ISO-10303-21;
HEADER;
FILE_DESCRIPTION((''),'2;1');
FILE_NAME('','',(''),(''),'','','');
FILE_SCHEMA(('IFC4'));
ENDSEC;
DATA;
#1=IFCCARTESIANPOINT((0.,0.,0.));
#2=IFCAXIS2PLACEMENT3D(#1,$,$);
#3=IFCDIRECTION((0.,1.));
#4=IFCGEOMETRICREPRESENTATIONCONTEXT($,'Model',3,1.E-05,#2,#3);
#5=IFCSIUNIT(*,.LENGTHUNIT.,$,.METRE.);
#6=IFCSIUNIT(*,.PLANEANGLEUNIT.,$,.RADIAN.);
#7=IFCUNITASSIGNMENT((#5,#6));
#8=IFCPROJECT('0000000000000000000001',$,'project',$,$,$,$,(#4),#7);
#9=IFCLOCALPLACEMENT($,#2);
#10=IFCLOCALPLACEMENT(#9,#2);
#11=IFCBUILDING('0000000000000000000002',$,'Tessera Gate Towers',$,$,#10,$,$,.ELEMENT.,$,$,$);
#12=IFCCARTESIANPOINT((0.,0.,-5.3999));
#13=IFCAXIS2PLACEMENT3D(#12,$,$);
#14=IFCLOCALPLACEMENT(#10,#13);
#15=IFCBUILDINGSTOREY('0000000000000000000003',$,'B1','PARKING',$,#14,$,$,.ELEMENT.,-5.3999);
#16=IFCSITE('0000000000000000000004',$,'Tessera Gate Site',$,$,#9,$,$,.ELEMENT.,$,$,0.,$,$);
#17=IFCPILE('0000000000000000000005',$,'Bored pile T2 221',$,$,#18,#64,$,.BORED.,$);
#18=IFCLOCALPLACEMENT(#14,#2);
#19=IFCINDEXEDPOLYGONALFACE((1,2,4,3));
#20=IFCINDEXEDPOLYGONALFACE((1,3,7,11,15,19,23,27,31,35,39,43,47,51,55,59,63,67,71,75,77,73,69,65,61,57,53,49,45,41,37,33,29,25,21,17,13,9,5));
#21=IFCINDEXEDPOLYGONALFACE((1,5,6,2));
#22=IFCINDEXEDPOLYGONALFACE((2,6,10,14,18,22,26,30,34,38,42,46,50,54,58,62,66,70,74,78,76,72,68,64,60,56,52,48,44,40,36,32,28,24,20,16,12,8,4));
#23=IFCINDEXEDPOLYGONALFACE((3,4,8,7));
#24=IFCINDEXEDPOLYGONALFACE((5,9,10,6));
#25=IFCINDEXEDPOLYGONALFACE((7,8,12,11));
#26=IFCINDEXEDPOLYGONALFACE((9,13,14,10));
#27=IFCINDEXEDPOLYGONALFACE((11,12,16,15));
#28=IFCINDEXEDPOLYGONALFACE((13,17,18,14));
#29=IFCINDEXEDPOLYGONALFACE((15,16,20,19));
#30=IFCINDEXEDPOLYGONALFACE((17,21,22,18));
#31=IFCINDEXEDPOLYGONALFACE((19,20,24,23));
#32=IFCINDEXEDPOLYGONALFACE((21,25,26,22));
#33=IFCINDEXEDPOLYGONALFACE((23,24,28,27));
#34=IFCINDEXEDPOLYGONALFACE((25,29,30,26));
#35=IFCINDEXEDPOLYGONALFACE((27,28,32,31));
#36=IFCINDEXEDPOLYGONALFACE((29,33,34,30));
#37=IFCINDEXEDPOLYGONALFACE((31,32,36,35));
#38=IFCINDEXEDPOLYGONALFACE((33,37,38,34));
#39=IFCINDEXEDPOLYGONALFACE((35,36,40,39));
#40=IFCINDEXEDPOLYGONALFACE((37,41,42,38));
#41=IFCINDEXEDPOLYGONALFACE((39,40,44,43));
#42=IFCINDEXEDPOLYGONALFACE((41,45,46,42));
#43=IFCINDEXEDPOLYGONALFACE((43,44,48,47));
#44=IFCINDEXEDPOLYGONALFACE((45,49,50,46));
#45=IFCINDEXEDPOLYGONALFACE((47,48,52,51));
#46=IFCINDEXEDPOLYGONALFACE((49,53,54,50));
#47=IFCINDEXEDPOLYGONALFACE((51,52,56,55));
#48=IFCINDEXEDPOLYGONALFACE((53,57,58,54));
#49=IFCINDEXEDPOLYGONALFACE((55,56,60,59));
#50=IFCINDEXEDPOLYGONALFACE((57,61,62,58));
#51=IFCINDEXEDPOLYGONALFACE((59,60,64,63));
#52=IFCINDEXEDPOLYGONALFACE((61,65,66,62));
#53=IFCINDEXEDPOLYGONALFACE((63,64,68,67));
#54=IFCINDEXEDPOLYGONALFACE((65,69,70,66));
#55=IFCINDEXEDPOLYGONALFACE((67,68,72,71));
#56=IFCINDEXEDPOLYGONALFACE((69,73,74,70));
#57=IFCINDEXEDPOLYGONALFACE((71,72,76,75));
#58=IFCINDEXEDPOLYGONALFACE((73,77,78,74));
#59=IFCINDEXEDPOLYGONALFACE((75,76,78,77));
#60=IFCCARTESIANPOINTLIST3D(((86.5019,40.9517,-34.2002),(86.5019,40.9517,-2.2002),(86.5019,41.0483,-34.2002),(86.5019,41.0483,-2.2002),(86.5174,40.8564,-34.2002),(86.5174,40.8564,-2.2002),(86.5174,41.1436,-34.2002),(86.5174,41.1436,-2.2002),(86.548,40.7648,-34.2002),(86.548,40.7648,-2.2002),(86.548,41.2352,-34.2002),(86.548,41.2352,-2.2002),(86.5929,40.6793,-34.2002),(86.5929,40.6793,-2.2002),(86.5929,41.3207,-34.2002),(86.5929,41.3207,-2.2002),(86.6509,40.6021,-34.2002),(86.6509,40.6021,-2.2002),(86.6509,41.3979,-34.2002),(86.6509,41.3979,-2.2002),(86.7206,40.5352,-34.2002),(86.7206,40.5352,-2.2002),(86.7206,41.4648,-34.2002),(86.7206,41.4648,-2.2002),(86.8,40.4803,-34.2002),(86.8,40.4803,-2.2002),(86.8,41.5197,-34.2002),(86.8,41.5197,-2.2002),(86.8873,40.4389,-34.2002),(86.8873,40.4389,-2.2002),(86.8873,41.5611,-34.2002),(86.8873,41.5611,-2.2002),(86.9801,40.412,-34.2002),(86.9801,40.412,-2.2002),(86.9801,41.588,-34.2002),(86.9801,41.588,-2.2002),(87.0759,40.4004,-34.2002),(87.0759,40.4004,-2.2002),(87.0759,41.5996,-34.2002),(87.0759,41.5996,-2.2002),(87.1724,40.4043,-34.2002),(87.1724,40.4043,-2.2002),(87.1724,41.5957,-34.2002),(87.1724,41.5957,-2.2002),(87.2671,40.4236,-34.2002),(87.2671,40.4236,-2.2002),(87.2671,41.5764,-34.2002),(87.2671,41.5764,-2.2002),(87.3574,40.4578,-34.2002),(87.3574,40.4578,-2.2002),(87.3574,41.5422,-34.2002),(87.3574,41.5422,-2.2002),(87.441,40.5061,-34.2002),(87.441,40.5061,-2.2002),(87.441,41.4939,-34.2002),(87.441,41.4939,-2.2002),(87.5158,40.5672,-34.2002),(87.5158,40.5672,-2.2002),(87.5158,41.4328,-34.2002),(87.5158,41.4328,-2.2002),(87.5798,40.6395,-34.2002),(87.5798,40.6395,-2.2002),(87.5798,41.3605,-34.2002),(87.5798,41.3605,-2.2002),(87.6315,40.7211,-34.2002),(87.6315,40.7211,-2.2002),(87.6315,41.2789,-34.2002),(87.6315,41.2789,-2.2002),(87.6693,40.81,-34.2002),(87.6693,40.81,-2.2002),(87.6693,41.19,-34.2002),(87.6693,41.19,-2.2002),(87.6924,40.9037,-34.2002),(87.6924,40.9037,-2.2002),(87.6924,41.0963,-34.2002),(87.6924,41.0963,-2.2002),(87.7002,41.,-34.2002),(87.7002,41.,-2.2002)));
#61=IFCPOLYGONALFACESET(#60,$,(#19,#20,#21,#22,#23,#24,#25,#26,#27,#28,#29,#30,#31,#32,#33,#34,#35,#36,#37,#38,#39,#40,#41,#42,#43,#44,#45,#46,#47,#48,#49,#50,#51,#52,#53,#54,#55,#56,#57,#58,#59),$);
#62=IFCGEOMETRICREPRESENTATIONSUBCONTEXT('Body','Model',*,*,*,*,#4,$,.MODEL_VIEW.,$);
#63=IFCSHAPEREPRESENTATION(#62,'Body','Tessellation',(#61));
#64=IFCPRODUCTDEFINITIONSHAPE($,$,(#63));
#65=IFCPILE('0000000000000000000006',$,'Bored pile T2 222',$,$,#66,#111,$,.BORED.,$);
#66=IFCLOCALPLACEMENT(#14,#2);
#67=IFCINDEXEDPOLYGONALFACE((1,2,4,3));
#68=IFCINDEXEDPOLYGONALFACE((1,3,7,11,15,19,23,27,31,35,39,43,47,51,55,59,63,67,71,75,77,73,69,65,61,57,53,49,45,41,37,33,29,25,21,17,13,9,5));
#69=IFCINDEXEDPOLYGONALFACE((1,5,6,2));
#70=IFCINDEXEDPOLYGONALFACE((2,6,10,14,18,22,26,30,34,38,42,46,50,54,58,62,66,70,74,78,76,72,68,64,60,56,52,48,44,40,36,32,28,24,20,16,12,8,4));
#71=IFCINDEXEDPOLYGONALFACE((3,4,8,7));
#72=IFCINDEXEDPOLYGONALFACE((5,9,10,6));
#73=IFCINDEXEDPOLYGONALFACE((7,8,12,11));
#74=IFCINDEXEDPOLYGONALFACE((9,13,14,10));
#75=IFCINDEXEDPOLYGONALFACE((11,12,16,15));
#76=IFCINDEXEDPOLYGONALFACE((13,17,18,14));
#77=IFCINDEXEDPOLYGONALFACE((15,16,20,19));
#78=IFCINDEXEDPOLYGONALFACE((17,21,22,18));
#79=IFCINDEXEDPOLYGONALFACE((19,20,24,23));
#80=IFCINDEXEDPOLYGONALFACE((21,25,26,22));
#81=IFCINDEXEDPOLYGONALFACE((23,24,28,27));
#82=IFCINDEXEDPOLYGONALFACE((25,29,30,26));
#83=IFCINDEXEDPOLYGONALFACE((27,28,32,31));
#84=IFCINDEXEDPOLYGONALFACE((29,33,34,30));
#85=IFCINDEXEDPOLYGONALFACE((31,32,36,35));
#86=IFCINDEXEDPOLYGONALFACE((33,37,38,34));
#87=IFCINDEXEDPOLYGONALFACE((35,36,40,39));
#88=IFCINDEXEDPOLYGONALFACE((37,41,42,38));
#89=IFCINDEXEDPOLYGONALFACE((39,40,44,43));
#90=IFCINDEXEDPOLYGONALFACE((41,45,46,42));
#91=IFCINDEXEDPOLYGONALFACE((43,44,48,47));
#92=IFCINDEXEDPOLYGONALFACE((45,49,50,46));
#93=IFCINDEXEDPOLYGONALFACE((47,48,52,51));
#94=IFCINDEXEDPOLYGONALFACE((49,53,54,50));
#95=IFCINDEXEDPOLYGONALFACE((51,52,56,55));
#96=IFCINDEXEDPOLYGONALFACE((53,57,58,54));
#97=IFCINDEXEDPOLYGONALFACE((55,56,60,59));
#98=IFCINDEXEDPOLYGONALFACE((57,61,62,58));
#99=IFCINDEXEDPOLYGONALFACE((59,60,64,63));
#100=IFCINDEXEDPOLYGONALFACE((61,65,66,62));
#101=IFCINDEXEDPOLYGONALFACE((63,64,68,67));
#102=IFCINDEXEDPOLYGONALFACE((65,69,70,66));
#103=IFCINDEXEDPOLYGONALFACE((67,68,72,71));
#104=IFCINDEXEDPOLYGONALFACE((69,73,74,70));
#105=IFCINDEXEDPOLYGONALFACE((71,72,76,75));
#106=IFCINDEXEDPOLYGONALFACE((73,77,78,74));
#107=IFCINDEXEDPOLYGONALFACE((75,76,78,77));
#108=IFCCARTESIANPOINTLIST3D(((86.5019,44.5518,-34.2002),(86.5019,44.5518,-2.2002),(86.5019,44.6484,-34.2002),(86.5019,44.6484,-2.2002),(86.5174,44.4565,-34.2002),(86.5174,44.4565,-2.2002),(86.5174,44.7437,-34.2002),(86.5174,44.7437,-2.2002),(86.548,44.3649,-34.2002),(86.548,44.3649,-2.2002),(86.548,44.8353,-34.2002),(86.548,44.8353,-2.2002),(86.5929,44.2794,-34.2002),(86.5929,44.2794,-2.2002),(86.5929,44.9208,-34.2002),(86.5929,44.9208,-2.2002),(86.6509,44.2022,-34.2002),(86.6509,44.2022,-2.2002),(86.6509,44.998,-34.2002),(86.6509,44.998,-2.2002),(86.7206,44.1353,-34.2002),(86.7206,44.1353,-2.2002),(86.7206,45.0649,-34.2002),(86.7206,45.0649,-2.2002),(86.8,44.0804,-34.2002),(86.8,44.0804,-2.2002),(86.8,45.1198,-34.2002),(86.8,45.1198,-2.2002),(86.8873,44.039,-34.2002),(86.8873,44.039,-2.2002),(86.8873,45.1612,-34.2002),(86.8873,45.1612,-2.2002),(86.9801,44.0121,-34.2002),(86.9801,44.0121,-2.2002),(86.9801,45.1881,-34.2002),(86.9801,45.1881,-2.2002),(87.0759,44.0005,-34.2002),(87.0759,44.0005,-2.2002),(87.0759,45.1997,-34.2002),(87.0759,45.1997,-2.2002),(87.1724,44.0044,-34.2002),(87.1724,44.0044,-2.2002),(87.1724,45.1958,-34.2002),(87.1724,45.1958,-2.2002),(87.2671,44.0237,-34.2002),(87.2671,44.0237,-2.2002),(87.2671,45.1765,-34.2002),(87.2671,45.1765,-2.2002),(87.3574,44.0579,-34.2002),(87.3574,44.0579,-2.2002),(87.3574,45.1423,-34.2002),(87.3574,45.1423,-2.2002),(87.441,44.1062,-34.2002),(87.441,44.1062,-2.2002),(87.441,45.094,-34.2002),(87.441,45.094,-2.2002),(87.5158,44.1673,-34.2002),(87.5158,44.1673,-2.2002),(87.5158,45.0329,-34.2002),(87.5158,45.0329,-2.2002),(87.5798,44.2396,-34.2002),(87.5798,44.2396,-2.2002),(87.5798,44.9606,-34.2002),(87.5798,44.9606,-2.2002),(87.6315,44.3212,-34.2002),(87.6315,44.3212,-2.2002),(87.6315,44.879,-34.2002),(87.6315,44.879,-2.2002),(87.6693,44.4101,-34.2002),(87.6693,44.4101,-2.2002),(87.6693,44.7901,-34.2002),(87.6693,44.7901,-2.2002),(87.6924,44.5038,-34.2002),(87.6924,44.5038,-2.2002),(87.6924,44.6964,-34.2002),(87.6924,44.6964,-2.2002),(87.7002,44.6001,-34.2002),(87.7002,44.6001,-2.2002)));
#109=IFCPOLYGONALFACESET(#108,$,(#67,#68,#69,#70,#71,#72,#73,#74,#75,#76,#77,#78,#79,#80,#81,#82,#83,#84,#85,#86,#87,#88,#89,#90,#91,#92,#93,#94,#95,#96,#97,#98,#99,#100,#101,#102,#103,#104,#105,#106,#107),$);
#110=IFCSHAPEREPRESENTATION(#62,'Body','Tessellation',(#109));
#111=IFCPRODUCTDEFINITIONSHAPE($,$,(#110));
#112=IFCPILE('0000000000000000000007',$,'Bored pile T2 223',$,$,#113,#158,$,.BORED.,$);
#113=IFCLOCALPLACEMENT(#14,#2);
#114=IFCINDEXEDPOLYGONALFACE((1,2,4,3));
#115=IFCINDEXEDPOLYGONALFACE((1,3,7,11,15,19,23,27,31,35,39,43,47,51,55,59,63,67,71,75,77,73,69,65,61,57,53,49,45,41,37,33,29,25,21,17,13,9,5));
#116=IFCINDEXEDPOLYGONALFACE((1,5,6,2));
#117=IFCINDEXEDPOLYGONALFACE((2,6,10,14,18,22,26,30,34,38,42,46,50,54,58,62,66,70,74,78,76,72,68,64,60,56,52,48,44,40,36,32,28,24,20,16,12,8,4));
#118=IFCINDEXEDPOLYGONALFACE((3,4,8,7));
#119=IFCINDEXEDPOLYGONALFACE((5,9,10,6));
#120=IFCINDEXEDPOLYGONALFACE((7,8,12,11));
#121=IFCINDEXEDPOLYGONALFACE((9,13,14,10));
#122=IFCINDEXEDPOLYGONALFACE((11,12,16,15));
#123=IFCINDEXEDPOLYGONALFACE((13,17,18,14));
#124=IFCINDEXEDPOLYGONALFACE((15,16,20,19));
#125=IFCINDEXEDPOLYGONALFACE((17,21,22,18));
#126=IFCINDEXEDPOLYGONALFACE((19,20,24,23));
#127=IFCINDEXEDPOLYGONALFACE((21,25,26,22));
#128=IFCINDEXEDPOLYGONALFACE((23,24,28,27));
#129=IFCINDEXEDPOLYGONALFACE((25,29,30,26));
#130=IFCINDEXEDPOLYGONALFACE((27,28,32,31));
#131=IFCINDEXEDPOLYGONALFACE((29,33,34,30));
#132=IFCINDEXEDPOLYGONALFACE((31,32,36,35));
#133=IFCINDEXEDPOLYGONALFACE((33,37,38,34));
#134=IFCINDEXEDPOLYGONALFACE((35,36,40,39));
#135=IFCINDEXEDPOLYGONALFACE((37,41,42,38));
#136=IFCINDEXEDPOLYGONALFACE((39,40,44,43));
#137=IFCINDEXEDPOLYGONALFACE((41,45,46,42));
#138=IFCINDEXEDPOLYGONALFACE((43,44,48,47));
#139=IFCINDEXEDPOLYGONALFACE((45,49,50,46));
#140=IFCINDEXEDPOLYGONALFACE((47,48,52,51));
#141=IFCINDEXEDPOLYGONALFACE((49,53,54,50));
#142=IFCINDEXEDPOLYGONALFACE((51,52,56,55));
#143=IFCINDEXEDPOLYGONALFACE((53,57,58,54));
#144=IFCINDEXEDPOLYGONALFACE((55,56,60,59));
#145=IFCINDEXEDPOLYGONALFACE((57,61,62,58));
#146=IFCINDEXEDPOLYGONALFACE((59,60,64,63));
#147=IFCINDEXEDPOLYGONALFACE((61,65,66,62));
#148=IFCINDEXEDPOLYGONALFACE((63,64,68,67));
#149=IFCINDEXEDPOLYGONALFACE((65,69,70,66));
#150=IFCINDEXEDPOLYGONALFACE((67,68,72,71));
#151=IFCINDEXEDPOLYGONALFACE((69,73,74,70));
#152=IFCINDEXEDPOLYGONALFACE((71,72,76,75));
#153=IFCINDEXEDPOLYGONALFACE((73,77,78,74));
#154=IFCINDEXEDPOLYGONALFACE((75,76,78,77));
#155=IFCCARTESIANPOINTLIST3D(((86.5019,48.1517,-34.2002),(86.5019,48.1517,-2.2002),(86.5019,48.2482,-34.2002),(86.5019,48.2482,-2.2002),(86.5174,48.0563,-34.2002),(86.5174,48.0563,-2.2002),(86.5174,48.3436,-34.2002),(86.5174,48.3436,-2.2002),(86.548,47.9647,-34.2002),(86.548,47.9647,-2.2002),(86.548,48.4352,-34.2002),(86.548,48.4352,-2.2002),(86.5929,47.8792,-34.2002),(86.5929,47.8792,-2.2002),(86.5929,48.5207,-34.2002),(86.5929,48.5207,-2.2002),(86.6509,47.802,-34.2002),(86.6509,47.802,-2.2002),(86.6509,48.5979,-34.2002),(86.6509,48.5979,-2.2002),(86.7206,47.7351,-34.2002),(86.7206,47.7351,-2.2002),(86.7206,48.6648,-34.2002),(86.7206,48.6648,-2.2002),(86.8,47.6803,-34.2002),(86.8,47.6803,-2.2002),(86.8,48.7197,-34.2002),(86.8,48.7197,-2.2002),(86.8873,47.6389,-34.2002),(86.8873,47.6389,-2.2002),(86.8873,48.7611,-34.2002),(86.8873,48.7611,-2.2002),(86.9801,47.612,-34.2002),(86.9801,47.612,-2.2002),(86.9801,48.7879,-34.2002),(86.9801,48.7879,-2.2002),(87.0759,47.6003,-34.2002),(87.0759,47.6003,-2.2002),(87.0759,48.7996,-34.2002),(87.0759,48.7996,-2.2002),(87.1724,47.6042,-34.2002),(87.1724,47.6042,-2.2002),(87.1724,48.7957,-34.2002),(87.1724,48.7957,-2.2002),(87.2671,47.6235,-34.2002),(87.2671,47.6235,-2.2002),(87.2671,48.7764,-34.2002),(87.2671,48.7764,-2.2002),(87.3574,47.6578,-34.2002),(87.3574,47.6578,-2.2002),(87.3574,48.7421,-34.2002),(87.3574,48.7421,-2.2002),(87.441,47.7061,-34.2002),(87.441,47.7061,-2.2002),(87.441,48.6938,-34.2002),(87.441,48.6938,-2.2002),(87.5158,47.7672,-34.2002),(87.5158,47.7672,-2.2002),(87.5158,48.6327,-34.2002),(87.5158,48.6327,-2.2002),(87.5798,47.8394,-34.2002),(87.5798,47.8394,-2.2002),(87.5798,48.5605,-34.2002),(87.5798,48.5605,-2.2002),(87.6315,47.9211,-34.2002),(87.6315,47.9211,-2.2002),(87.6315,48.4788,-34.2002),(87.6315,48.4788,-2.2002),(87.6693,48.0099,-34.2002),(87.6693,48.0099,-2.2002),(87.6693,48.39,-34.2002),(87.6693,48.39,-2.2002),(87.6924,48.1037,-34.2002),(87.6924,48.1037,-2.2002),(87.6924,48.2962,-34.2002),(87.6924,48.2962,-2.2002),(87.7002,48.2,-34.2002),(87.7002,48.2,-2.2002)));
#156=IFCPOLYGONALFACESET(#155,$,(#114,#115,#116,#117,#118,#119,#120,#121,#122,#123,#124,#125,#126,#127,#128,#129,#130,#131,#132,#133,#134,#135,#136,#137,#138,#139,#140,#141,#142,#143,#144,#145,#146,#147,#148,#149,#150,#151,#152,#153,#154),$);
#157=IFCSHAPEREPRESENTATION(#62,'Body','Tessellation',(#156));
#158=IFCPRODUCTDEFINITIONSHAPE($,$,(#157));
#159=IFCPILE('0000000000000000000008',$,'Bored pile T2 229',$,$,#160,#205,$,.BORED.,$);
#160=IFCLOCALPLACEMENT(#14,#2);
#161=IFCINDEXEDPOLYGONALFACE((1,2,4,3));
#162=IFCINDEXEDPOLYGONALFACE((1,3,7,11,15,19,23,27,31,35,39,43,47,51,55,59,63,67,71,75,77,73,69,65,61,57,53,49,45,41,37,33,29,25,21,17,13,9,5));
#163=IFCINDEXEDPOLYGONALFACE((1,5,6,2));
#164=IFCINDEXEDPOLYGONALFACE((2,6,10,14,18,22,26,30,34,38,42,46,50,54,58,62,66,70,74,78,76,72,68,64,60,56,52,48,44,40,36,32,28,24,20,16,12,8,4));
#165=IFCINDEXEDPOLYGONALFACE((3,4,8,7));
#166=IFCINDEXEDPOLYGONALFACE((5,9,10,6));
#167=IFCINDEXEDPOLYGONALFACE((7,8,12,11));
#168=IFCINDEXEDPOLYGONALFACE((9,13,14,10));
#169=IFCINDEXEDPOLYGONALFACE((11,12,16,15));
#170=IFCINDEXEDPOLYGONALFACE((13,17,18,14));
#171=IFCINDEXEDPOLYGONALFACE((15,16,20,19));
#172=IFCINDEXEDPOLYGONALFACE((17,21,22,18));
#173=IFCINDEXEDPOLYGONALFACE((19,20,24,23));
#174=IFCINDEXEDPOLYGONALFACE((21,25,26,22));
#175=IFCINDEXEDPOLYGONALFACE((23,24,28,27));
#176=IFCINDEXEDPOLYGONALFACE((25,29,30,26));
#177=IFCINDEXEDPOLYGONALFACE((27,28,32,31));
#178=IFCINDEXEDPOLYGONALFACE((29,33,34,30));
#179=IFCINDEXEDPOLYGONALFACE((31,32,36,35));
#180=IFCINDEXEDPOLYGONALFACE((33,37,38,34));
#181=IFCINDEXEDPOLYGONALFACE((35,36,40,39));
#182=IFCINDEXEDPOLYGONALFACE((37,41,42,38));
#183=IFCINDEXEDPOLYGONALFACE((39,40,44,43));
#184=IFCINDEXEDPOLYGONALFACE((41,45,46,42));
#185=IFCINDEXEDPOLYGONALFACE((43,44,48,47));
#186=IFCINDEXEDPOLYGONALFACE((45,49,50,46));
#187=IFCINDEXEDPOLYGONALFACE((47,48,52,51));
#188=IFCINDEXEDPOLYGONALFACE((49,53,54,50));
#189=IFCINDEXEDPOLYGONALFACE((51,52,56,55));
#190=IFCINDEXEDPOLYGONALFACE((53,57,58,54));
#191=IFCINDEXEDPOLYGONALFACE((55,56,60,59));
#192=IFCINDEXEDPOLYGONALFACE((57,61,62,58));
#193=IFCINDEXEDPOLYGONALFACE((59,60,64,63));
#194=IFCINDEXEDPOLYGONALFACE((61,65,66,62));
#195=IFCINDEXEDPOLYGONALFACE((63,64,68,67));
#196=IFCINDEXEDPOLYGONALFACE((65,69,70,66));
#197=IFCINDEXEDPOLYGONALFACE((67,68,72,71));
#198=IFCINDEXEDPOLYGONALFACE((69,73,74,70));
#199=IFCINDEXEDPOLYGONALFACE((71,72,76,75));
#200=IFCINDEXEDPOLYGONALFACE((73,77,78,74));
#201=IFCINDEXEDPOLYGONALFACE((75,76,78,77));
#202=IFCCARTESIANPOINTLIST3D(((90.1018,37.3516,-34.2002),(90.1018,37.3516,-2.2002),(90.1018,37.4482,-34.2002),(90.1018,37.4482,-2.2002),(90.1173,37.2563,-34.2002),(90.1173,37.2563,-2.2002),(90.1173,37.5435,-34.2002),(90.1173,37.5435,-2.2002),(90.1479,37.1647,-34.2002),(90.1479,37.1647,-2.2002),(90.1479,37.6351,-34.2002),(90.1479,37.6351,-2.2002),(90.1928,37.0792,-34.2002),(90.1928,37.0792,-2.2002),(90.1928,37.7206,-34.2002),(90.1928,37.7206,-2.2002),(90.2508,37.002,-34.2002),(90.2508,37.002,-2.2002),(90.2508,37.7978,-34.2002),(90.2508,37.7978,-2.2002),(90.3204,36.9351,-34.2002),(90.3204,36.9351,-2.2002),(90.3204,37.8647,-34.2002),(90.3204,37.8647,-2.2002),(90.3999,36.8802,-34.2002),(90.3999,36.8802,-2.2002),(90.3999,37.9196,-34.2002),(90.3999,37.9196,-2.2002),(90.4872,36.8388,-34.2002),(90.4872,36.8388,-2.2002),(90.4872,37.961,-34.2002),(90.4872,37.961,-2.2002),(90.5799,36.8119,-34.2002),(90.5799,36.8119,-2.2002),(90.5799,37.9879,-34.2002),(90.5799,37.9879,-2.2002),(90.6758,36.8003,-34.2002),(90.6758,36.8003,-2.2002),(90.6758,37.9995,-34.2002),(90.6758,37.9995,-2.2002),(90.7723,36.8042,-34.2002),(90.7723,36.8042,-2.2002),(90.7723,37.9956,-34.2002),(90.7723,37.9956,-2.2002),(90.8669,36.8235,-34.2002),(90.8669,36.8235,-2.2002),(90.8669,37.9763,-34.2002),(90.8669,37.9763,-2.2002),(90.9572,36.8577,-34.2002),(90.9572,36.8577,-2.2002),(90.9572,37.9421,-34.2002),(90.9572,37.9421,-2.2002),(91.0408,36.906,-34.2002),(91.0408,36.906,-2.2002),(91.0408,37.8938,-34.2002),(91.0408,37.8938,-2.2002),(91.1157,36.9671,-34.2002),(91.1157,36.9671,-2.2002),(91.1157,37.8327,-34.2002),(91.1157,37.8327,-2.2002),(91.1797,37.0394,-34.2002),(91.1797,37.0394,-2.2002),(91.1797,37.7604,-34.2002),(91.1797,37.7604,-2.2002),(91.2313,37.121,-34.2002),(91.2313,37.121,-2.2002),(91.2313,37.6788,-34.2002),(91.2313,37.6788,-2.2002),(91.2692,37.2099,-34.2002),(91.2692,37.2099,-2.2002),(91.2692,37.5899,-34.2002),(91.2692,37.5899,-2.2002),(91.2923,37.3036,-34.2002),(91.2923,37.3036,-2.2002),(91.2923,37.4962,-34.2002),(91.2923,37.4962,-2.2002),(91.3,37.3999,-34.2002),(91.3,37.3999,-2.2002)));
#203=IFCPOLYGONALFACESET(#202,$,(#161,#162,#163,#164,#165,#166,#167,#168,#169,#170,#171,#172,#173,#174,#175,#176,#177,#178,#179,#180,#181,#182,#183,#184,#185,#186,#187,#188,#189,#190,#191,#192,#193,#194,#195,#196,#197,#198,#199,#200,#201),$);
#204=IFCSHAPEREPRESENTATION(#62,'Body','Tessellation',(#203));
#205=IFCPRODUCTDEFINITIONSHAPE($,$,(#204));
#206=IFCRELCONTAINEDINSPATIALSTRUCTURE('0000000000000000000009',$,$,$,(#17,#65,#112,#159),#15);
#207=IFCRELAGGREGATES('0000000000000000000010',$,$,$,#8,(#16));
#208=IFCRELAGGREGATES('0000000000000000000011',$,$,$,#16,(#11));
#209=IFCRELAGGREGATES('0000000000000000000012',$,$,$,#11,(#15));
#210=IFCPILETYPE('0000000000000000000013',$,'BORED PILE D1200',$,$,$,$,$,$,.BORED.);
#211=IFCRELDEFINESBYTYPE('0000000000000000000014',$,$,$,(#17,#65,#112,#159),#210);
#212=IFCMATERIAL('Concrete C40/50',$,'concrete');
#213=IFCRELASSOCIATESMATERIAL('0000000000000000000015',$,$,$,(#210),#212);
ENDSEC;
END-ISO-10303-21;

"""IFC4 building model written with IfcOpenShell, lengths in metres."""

from ifc_helpers import new_model, si_unit, direction, frame, origin, origin_2d, place, context, subcontext, project, spatial, circle, extrude, material, material_profile, profile_set, type_object, element, save


model = new_model("IFC4")

# Units and contexts
model_context = context("Model", 3, precision=1e-05, world=origin(), true_north=direction((0.0, 1.0)))
body_context = subcontext(model_context, "Body", "Model", "MODEL_VIEW")
ifc_project = project(units=[si_unit("LENGTHUNIT", "METRE"), si_unit("PLANEANGLEUNIT", "RADIAN")], contexts=[model_context])

# Site, building, storey
site_placement = place(None, origin())
site = spatial("IfcSite", under=ifc_project, at=site_placement, Name="Tessera Gate Site", CompositionType="ELEMENT", RefElevation=0.0)
building_placement = place(site_placement, origin())
building = spatial("IfcBuilding", under=site, at=building_placement, Name="Tessera Gate Towers", CompositionType="ELEMENT")
storey_placement = place(building_placement, frame((0.0, 0.0, -5.3999)))
storey = spatial("IfcBuildingStorey", under=building, at=storey_placement, Name="B1", Description="PARKING", CompositionType="ELEMENT", Elevation=-5.3999)

# Piles
ifc_material_1 = material(Name="Concrete C40/50", Category="concrete")
ifc_material_profile_1 = material_profile(ifc_material_1, circle(Radius=0.6001, at=origin_2d()), Name="BORED PILE D1200")
ifc_profile_set_1 = profile_set([ifc_material_profile_1], Name="Concrete C40/50")
pile_type = type_object("IfcPileType", Name="BORED PILE D1200", PredefinedType="BORED", material=ifc_profile_set_1)
for number, where, z_axis, x_axis, name in (
    (1, (87.1001, 41.0, -2.2002), (0.0, 0.0, -1.0), (1.0, 0.0, 0.0), "Bored pile T2 221"),
    (2, (87.1001, 44.6001, -2.2002), (0.0, 0.0, -1.0), (1.0, 0.0, 0.0), "Bored pile T2 222"),
    (3, (87.1001, 48.2, -2.2002), (0.0, 0.0, -1.0), (1.0, 0.0, 0.0), "Bored pile T2 223"),
    (4, (90.7, 37.3999, -2.2002), (0.0, 0.0, -1.0), (1.0, 0.0, 0.0), "Bored pile T2 229"),
):
    element("IfcPile", number, at=place(storey_placement, frame(where, z_axis=z_axis, x_axis=x_axis)), inside=storey, type_object=pile_type, Name=name, PredefinedType="BORED", context=body_context, shape_type="SweptSolid", body=[
        extrude(circle(Radius=0.6001, at=origin_2d()), origin(), (0.0, 0.0, 1.0), 32.0),
    ])

save(model, "model.ifc")
